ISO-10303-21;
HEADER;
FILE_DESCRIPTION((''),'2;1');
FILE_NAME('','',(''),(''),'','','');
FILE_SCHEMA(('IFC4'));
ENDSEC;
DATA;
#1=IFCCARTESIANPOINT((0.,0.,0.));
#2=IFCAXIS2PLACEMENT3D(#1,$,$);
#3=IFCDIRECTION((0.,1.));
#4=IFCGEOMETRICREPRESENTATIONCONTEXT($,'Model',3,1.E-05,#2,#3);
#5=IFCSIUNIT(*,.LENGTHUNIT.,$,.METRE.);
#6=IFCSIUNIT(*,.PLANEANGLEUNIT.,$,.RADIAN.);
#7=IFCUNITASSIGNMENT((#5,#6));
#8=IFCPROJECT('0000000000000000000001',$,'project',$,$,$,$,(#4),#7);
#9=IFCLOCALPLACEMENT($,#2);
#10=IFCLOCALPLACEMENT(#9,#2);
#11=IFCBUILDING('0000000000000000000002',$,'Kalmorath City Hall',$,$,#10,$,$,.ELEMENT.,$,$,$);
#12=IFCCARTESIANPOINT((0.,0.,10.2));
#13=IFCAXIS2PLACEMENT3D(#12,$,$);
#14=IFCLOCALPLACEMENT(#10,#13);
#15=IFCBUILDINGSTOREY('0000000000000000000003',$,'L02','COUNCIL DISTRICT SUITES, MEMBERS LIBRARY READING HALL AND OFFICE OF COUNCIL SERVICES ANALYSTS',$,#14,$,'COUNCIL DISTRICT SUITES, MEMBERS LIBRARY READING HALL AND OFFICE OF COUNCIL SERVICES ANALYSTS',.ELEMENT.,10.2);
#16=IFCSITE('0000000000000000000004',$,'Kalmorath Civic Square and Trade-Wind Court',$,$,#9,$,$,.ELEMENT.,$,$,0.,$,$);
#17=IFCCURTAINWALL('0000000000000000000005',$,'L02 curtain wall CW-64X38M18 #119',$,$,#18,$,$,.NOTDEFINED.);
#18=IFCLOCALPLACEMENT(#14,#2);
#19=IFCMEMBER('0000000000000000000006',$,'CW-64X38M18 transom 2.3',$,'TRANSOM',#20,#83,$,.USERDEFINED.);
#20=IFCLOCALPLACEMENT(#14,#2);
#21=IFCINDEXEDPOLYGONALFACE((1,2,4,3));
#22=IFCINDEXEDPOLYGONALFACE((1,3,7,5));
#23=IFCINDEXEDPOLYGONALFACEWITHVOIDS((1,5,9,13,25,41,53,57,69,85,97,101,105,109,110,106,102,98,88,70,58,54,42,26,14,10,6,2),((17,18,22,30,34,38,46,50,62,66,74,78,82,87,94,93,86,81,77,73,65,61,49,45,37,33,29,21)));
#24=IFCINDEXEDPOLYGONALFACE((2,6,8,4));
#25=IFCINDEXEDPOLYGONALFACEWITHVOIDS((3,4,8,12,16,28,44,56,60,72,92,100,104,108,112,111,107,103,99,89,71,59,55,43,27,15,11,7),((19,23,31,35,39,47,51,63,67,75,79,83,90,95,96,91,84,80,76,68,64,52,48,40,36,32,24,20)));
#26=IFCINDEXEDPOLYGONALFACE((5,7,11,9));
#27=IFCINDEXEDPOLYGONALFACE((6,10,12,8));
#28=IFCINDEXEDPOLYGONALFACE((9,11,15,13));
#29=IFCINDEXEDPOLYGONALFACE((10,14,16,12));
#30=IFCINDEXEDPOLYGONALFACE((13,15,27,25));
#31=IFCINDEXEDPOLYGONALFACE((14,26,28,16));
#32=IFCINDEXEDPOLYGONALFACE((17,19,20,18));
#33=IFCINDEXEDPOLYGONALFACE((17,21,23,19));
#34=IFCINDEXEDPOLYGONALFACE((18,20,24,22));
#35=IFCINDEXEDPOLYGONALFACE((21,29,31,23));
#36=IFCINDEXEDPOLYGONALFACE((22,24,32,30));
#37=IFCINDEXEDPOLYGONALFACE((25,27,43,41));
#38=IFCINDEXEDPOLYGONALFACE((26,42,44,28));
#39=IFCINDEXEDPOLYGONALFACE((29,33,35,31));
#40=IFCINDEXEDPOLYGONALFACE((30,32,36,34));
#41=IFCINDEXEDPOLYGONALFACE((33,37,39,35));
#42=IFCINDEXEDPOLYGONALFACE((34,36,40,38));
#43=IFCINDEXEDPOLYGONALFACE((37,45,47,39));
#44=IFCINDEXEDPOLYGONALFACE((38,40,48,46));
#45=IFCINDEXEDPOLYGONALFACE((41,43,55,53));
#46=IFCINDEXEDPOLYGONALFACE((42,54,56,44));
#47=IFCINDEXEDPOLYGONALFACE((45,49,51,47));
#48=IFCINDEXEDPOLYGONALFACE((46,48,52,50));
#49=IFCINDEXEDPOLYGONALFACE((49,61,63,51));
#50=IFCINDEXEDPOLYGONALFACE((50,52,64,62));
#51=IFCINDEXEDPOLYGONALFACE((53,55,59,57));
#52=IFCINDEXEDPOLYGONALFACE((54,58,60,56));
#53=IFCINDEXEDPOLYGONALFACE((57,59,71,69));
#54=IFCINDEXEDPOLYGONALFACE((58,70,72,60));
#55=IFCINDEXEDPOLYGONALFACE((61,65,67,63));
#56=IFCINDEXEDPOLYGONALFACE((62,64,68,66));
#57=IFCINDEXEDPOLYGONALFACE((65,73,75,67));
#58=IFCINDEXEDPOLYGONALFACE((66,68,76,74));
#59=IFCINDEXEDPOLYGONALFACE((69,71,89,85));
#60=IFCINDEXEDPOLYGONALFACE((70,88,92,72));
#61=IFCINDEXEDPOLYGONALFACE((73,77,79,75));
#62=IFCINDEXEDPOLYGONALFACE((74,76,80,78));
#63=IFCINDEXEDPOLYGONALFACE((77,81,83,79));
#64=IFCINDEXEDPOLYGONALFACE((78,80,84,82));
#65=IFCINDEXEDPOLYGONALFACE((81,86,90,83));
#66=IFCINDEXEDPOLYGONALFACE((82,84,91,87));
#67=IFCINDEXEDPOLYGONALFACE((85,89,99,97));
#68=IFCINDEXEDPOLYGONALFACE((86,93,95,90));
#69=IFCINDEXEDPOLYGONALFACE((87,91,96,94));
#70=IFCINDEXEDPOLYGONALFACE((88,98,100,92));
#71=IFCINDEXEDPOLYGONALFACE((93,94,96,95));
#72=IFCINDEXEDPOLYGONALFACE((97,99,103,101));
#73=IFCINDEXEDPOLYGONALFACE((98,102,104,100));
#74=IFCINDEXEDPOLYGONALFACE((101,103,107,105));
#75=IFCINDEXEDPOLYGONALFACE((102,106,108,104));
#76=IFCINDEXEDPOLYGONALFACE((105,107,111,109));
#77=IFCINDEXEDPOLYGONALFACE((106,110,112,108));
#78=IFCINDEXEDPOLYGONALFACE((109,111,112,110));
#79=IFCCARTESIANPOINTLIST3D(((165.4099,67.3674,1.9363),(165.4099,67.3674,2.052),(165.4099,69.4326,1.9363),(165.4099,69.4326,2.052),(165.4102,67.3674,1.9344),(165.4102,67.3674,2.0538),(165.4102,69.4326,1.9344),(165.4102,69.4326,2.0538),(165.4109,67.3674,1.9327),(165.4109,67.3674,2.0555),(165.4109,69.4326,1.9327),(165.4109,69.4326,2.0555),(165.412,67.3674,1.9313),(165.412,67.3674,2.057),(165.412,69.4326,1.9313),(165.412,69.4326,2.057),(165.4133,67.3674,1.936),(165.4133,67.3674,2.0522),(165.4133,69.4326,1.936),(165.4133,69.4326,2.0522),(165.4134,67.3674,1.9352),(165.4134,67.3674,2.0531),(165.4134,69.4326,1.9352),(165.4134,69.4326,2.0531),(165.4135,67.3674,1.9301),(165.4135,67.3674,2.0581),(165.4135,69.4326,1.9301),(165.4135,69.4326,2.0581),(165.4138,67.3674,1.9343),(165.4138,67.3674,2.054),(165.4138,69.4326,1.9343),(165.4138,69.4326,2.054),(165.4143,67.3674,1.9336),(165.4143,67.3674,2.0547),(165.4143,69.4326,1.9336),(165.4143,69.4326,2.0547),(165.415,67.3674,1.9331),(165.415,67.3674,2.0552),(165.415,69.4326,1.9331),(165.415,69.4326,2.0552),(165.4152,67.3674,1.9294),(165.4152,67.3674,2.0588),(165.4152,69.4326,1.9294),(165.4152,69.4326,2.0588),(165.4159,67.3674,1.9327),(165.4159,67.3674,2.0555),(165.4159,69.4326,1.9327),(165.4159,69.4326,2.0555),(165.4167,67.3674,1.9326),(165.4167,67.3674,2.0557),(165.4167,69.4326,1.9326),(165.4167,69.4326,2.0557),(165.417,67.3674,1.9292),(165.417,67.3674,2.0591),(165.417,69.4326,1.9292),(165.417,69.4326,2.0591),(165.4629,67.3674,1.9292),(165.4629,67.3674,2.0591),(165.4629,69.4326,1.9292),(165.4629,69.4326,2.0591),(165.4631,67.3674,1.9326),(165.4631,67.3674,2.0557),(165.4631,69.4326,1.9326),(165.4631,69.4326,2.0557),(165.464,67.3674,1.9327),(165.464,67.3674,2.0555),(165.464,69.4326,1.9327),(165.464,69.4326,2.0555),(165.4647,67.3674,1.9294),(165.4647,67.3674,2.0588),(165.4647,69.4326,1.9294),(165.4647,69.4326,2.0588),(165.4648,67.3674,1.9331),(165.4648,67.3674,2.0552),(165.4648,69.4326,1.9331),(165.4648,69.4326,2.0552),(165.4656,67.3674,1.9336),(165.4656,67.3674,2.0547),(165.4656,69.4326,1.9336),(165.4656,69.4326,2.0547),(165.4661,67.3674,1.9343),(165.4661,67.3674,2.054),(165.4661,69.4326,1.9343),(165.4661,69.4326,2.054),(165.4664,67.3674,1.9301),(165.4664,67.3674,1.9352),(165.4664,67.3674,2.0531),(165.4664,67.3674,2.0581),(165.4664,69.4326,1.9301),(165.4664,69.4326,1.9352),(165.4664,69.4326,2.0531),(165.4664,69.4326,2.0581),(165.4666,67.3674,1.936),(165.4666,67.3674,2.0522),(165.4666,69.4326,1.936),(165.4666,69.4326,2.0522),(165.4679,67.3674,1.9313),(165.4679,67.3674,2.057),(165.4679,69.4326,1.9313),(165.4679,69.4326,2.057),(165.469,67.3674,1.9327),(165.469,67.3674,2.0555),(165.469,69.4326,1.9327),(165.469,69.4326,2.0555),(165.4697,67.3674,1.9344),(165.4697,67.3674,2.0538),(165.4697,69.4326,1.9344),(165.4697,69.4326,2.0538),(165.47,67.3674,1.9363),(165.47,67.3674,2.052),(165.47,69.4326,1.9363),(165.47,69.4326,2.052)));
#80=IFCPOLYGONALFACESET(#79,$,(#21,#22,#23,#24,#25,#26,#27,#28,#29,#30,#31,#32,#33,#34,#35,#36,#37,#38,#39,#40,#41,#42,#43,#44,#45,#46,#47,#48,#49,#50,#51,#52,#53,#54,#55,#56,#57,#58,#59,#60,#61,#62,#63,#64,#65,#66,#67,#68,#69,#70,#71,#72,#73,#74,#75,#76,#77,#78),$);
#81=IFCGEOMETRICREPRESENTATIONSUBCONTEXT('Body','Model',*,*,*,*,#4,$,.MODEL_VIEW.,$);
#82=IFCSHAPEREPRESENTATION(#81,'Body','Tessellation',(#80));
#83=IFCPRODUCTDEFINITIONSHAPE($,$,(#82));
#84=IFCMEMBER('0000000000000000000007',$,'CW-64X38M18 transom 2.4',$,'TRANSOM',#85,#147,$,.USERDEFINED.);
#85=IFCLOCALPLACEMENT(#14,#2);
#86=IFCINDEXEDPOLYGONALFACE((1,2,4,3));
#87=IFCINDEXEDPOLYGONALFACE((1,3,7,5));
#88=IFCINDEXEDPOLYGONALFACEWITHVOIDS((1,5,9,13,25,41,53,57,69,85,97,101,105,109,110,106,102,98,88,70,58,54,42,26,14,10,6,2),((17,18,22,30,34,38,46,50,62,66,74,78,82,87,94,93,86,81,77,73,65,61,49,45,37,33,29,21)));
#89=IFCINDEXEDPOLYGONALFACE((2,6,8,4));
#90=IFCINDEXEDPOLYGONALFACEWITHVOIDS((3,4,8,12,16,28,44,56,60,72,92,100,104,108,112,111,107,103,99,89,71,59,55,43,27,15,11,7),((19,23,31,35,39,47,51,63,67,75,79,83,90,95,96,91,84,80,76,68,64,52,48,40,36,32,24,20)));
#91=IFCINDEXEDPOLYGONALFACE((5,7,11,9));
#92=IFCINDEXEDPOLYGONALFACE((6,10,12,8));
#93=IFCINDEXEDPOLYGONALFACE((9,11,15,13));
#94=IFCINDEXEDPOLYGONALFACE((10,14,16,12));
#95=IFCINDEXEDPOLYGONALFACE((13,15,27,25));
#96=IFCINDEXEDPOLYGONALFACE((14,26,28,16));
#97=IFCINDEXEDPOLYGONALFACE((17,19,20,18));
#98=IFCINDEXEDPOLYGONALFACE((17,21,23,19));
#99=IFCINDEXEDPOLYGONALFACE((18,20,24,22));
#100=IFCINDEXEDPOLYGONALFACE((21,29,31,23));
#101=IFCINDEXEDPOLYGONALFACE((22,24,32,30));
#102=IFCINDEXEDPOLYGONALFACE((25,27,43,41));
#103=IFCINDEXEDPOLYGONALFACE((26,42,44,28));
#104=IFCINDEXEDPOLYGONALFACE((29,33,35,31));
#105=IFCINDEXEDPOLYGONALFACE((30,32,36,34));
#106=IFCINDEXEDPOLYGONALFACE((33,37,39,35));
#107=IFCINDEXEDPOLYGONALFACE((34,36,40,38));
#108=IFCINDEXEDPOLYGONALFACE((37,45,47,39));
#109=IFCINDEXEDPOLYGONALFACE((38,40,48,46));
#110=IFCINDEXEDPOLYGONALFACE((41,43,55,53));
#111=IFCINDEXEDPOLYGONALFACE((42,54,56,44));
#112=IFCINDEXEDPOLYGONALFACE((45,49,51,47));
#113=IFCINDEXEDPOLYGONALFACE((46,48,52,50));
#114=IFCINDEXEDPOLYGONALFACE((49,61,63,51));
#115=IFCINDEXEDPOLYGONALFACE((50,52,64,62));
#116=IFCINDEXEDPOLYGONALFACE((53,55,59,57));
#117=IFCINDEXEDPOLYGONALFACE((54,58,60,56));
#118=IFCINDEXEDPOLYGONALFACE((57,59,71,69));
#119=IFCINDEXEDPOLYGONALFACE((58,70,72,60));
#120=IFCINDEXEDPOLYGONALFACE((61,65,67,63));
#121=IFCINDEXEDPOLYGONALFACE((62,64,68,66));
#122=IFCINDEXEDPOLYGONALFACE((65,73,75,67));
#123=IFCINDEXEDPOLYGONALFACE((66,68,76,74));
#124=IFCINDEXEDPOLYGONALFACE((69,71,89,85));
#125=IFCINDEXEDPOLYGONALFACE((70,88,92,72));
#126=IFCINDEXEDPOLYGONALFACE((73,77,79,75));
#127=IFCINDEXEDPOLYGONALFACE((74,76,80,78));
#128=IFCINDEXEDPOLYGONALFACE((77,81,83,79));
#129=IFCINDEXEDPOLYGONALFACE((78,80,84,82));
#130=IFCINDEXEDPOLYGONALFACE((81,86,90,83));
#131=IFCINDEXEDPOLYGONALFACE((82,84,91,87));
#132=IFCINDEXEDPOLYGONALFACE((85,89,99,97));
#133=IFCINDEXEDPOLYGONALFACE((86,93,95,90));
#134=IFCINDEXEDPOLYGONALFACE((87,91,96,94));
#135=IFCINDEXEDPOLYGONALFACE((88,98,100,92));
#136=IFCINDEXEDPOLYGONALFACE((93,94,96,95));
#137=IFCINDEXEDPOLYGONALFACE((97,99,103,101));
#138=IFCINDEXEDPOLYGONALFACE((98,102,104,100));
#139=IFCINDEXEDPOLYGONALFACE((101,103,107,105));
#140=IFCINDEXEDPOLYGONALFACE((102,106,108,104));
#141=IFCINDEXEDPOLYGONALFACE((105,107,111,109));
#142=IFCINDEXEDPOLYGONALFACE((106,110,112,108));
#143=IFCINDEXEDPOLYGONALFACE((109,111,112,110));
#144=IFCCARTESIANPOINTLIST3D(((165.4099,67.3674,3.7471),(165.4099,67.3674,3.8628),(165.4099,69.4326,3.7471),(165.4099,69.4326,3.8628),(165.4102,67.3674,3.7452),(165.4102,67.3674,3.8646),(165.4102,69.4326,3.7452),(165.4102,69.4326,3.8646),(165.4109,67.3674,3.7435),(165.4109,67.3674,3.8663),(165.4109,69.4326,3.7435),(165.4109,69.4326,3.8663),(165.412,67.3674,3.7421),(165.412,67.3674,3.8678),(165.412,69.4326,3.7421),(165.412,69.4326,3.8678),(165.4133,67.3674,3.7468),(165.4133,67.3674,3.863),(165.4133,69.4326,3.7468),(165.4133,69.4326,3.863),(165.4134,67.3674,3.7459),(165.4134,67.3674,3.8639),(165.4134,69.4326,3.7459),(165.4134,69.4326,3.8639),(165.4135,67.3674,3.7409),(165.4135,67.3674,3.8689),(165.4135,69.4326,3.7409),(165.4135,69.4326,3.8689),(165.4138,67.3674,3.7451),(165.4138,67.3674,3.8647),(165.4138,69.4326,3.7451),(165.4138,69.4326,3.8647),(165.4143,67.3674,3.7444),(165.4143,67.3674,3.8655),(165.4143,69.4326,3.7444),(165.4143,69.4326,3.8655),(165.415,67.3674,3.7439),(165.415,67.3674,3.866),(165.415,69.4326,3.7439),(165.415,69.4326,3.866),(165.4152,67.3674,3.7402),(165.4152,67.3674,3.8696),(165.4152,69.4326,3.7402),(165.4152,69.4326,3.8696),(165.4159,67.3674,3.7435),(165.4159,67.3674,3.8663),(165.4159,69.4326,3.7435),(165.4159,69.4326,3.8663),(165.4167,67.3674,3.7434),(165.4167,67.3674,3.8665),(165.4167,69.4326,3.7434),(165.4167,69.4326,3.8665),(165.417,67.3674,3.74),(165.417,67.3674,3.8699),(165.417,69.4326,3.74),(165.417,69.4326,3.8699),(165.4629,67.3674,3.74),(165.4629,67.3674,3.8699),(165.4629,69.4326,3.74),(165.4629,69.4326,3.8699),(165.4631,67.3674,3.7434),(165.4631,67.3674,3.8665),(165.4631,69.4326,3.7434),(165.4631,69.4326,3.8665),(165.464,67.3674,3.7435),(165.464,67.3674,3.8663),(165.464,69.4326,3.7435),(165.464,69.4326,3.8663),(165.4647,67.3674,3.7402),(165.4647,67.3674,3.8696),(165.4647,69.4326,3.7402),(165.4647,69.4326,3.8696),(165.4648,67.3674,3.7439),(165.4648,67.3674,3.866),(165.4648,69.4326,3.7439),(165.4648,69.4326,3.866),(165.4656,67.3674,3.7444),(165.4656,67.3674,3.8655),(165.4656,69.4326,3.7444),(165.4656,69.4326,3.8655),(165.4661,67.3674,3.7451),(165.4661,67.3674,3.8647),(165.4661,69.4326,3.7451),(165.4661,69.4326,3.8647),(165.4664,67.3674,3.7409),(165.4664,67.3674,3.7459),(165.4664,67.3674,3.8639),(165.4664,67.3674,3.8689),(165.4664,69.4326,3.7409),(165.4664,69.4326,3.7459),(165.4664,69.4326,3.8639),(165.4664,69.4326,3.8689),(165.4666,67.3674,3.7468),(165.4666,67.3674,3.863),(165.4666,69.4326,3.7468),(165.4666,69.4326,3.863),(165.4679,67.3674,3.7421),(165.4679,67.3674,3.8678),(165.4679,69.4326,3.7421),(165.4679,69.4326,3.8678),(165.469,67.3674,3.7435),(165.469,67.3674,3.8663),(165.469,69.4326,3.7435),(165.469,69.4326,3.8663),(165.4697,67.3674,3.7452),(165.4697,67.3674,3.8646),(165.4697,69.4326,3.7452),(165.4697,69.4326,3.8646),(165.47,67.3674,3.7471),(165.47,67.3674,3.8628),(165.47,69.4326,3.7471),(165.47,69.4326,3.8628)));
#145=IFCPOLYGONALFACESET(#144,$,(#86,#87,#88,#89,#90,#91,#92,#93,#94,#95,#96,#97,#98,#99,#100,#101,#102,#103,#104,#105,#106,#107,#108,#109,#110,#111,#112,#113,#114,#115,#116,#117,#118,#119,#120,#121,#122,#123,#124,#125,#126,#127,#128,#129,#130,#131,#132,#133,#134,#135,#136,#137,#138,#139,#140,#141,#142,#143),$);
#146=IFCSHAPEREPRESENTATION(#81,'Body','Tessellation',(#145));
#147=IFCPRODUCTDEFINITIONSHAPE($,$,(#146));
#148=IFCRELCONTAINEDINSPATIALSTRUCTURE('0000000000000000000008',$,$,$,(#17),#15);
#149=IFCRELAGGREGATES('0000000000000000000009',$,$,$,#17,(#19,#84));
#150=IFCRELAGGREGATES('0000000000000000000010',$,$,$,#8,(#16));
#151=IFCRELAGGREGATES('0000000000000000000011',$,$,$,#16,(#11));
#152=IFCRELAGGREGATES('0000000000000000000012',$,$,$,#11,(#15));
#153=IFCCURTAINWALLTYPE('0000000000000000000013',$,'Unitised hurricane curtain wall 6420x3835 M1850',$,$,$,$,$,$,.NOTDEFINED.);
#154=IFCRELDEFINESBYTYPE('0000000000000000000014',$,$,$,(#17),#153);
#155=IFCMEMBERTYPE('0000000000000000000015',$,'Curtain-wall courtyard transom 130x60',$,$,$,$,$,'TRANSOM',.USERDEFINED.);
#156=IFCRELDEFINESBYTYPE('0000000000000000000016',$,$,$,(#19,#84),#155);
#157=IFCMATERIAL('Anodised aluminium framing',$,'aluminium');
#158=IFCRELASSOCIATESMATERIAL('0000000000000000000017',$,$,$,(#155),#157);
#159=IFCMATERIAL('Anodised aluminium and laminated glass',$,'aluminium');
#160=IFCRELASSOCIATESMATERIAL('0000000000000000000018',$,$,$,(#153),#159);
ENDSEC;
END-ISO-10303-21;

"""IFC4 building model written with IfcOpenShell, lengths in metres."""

from ifc_helpers import new_model, si_unit, direction, frame, origin, origin_2d, place, context, subcontext, project, spatial, hollow_rectangle, extrude, material, material_profile, profile_set, type_object, element, aggregate, save


model = new_model("IFC4")

# Units and contexts
model_context = context("Model", 3, precision=1e-05, world=origin(), true_north=direction((0.0, 1.0)))
body_context = subcontext(model_context, "Body", "Model", "MODEL_VIEW")
ifc_project = project(units=[si_unit("LENGTHUNIT", "METRE"), si_unit("PLANEANGLEUNIT", "RADIAN")], contexts=[model_context])

# Site, building, storey
site_placement = place(None, origin())
site = spatial("IfcSite", under=ifc_project, at=site_placement, Name="Kalmorath Civic Square and Trade-Wind Court", CompositionType="ELEMENT", RefElevation=0.0)
building_placement = place(site_placement, origin())
building = spatial("IfcBuilding", under=site, at=building_placement, Name="Kalmorath City Hall", CompositionType="ELEMENT")
storey_placement = place(building_placement, frame((0.0, 0.0, 10.2)))
storey = spatial("IfcBuildingStorey", under=building, at=storey_placement, Name="L02", Description="COUNCIL DISTRICT SUITES, MEMBERS LIBRARY READING HALL AND OFFICE OF COUNCIL SERVICES ANALYSTS", LongName="COUNCIL DISTRICT SUITES, MEMBERS LIBRARY READING HALL AND OFFICE OF COUNCIL SERVICES ANALYSTS", CompositionType="ELEMENT", Elevation=10.2)

# Curtain wall, members
ifc_material_1 = material(Name="Anodised aluminium framing", Category="aluminium")
ifc_material_profile_1 = material_profile(ifc_material_1, hollow_rectangle(XDim=0.0601, YDim=0.1299, WallThickness=0.0034, InnerFilletRadius=0.0034, OuterFilletRadius=0.0071, at=origin_2d()), Name="ALU-TRN-130X60X3.5")
ifc_profile_set_1 = profile_set([ifc_material_profile_1], Name="Anodised aluminium framing")
member_type_1 = type_object("IfcMemberType", Name="Curtain-wall courtyard transom 130x60", ElementType="TRANSOM", PredefinedType="USERDEFINED", material=ifc_profile_set_1)
ifc_material_2 = material(Name="Anodised aluminium and laminated glass", Category="aluminium")
curtain_wall_type_1 = type_object("IfcCurtainWallType", Name="Unitised hurricane curtain wall 6420x3835 M1850", PredefinedType="NOTDEFINED", material=ifc_material_2)
curtain_wall_1_placement = place(storey_placement, origin())
curtain_wall_1 = element("IfcCurtainWall", 1, at=curtain_wall_1_placement, inside=storey, type_object=curtain_wall_type_1, Name="L02 curtain wall CW-64X38M18 #119", PredefinedType="NOTDEFINED")
member_1_placement = place(storey_placement, frame((165.4399, 69.4326, 1.9941), z_axis=(0.0, -1.0, 0.0), x_axis=(1.0, 0.0, 0.0)))
member_1 = element("IfcMember", 2, at=member_1_placement, type_object=member_type_1, Name="CW-64X38M18 transom 2.3", ObjectType="TRANSOM", PredefinedType="USERDEFINED", context=body_context, shape_type="SweptSolid", body=[
    extrude(hollow_rectangle(XDim=0.0601, YDim=0.1299, WallThickness=0.0034, InnerFilletRadius=0.0034, OuterFilletRadius=0.0071, at=origin_2d()), origin(), (0.0, 0.0, 1.0), 2.0652),
])
member_2_placement = place(storey_placement, frame((165.4399, 69.4326, 3.8049), z_axis=(0.0, -1.0, 0.0), x_axis=(1.0, 0.0, 0.0)))
member_2 = element("IfcMember", 3, at=member_2_placement, type_object=member_type_1, Name="CW-64X38M18 transom 2.4", ObjectType="TRANSOM", PredefinedType="USERDEFINED", context=body_context, shape_type="SweptSolid", body=[
    extrude(hollow_rectangle(XDim=0.0601, YDim=0.1299, WallThickness=0.0034, InnerFilletRadius=0.0034, OuterFilletRadius=0.0071, at=origin_2d()), origin(), (0.0, 0.0, 1.0), 2.0652),
])

aggregate(curtain_wall_1, [member_1, member_2])

save(model, "model.ifc")
